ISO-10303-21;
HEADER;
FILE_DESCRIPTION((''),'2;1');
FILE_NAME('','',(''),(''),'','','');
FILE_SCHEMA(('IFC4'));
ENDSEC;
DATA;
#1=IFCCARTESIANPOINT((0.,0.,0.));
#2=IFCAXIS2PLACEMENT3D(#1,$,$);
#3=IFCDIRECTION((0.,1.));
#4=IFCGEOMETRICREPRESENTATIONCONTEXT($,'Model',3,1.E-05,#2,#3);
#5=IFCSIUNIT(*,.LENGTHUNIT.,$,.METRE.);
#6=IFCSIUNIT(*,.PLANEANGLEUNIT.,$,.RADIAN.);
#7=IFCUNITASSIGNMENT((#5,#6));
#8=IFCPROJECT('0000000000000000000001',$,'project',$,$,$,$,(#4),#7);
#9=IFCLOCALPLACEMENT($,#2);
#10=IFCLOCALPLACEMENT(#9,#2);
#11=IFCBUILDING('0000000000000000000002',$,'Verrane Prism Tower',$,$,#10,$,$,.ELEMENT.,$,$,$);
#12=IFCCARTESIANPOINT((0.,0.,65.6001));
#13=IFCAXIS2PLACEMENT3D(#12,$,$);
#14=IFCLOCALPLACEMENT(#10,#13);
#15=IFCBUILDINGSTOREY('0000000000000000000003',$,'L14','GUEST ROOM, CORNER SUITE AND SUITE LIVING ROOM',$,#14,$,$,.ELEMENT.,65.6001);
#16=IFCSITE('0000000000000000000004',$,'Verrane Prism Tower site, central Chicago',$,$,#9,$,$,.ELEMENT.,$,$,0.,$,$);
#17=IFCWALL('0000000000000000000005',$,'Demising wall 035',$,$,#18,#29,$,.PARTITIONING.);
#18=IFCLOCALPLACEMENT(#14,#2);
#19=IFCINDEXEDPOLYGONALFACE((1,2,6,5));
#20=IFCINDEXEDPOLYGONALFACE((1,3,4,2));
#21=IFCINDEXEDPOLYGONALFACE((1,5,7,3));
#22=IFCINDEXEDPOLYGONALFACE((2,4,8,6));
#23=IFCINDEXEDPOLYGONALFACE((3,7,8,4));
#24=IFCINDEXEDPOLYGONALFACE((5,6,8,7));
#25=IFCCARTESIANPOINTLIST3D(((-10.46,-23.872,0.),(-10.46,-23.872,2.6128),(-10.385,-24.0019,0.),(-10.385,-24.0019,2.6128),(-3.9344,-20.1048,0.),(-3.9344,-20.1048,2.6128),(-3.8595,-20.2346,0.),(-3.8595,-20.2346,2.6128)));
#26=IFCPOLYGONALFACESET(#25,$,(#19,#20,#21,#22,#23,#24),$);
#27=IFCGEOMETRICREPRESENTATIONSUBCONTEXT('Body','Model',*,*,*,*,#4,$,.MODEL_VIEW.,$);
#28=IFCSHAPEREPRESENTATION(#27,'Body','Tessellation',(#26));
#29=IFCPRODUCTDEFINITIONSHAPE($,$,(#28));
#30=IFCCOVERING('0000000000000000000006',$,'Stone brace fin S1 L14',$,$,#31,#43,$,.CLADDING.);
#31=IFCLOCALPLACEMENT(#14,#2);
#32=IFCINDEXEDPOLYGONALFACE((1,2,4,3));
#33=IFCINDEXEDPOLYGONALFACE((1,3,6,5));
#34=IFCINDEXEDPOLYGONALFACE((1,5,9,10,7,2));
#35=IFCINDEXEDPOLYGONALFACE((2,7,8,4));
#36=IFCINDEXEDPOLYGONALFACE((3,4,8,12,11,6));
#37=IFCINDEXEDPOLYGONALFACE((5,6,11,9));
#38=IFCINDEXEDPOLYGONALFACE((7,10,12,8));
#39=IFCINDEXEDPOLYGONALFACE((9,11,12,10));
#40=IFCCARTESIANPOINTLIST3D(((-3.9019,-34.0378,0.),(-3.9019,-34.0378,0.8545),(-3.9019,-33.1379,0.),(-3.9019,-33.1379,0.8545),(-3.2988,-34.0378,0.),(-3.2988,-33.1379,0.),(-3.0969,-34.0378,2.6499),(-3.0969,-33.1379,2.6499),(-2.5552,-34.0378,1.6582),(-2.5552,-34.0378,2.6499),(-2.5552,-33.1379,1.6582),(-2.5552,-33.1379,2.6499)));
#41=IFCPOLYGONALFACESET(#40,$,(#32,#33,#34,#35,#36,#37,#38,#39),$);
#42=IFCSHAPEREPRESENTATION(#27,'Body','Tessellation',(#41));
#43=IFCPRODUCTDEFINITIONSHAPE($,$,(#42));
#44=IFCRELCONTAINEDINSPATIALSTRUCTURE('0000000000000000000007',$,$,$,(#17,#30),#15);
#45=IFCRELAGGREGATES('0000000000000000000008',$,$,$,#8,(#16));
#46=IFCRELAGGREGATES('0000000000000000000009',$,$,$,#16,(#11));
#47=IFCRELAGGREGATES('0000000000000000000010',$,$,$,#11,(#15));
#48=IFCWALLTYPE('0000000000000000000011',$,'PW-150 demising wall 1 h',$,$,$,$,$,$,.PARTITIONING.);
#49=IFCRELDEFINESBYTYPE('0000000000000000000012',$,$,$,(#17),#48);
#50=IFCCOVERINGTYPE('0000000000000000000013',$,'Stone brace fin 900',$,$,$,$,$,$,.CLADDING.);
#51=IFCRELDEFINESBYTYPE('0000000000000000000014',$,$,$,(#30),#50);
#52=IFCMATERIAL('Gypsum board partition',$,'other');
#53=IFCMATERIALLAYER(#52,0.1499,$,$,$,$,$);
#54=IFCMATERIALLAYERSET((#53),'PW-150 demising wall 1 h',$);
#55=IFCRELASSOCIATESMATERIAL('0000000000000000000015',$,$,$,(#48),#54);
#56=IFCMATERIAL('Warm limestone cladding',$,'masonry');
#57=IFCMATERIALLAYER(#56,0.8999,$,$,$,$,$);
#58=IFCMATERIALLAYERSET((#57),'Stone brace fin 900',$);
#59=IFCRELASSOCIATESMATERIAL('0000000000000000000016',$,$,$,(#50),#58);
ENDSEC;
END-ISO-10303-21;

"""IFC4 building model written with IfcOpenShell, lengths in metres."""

from ifc_helpers import new_model, si_unit, direction, frame, frame_2d, origin, place, context, subcontext, project, spatial, polyline, rectangle, outline, extrude, material, layer, layer_set, type_object, element, save


model = new_model("IFC4")

# Units and contexts
model_context = context("Model", 3, precision=1e-05, world=origin(), true_north=direction((0.0, 1.0)))
body_context = subcontext(model_context, "Body", "Model", "MODEL_VIEW")
ifc_project = project(units=[si_unit("LENGTHUNIT", "METRE"), si_unit("PLANEANGLEUNIT", "RADIAN")], contexts=[model_context])

# Site, building, storey
site_placement = place(None, origin())
site = spatial("IfcSite", under=ifc_project, at=site_placement, Name="Verrane Prism Tower site, central Chicago", CompositionType="ELEMENT", RefElevation=0.0)
building_placement = place(site_placement, origin())
building = spatial("IfcBuilding", under=site, at=building_placement, Name="Verrane Prism Tower", CompositionType="ELEMENT")
storey_placement = place(building_placement, frame((0.0, 0.0, 65.6001)))
storey = spatial("IfcBuildingStorey", under=building, at=storey_placement, Name="L14", Description="GUEST ROOM, CORNER SUITE AND SUITE LIVING ROOM", CompositionType="ELEMENT", Elevation=65.6001)

# Wall
ifc_material_1 = material(Name="Gypsum board partition", Category="other")
ifc_layer_1 = layer(ifc_material_1, 0.1499)
ifc_layer_set_1 = layer_set([ifc_layer_1], Name="PW-150 demising wall 1 h")
wall_type_1 = type_object("IfcWallType", Name="PW-150 demising wall 1 h", PredefinedType="PARTITIONING", material=ifc_layer_set_1)
wall_1_placement = place(storey_placement, frame((-10.4226, -23.937, 0.0), z_axis=(0.0, 0.0, 1.0), x_axis=(0.866039, 0.499976, 0.0)))
element("IfcWall", 1, at=wall_1_placement, inside=storey, type_object=wall_type_1, Name="Demising wall 035", PredefinedType="PARTITIONING", context=body_context, shape_type="SweptSolid", body=[
    extrude(rectangle(XDim=7.5349, YDim=0.1499, at=frame_2d((3.7676, 0.0))), origin(), (0.0, 0.0, 1.0), 2.6128),
])

# Covering
ifc_material_2 = material(Name="Warm limestone cladding", Category="masonry")
ifc_layer_2 = layer(ifc_material_2, 0.8999)
ifc_layer_set_2 = layer_set([ifc_layer_2], Name="Stone brace fin 900")
covering_type = type_object("IfcCoveringType", Name="Stone brace fin 900", PredefinedType="CLADDING", material=ifc_layer_set_2)
covering_placement = place(storey_placement, frame((-3.9019, -33.5879, 0.0), z_axis=(0.0, 0.0, 1.0), x_axis=(1.0, 0.0, 0.0)))
element("IfcCovering", 2, at=covering_placement, inside=storey, type_object=covering_type, Name="Stone brace fin S1 L14", PredefinedType="CLADDING", context=body_context, shape_type="SweptSolid", body=[
    extrude(outline(polyline([(1.3467, 2.6499), (0.8049, 2.6499), (0.0, 0.8545), (0.0, 0.0), (0.603, 0.0), (1.3467, 1.6582), (1.3467, 2.6499)])), frame((0.0, 0.45, 0.0), z_axis=(0.0, -1.0, 0.0), x_axis=(1.0, 0.0, 0.0)), (0.0, 0.0, 1.0), 0.8999),
])

save(model, "model.ifc")
